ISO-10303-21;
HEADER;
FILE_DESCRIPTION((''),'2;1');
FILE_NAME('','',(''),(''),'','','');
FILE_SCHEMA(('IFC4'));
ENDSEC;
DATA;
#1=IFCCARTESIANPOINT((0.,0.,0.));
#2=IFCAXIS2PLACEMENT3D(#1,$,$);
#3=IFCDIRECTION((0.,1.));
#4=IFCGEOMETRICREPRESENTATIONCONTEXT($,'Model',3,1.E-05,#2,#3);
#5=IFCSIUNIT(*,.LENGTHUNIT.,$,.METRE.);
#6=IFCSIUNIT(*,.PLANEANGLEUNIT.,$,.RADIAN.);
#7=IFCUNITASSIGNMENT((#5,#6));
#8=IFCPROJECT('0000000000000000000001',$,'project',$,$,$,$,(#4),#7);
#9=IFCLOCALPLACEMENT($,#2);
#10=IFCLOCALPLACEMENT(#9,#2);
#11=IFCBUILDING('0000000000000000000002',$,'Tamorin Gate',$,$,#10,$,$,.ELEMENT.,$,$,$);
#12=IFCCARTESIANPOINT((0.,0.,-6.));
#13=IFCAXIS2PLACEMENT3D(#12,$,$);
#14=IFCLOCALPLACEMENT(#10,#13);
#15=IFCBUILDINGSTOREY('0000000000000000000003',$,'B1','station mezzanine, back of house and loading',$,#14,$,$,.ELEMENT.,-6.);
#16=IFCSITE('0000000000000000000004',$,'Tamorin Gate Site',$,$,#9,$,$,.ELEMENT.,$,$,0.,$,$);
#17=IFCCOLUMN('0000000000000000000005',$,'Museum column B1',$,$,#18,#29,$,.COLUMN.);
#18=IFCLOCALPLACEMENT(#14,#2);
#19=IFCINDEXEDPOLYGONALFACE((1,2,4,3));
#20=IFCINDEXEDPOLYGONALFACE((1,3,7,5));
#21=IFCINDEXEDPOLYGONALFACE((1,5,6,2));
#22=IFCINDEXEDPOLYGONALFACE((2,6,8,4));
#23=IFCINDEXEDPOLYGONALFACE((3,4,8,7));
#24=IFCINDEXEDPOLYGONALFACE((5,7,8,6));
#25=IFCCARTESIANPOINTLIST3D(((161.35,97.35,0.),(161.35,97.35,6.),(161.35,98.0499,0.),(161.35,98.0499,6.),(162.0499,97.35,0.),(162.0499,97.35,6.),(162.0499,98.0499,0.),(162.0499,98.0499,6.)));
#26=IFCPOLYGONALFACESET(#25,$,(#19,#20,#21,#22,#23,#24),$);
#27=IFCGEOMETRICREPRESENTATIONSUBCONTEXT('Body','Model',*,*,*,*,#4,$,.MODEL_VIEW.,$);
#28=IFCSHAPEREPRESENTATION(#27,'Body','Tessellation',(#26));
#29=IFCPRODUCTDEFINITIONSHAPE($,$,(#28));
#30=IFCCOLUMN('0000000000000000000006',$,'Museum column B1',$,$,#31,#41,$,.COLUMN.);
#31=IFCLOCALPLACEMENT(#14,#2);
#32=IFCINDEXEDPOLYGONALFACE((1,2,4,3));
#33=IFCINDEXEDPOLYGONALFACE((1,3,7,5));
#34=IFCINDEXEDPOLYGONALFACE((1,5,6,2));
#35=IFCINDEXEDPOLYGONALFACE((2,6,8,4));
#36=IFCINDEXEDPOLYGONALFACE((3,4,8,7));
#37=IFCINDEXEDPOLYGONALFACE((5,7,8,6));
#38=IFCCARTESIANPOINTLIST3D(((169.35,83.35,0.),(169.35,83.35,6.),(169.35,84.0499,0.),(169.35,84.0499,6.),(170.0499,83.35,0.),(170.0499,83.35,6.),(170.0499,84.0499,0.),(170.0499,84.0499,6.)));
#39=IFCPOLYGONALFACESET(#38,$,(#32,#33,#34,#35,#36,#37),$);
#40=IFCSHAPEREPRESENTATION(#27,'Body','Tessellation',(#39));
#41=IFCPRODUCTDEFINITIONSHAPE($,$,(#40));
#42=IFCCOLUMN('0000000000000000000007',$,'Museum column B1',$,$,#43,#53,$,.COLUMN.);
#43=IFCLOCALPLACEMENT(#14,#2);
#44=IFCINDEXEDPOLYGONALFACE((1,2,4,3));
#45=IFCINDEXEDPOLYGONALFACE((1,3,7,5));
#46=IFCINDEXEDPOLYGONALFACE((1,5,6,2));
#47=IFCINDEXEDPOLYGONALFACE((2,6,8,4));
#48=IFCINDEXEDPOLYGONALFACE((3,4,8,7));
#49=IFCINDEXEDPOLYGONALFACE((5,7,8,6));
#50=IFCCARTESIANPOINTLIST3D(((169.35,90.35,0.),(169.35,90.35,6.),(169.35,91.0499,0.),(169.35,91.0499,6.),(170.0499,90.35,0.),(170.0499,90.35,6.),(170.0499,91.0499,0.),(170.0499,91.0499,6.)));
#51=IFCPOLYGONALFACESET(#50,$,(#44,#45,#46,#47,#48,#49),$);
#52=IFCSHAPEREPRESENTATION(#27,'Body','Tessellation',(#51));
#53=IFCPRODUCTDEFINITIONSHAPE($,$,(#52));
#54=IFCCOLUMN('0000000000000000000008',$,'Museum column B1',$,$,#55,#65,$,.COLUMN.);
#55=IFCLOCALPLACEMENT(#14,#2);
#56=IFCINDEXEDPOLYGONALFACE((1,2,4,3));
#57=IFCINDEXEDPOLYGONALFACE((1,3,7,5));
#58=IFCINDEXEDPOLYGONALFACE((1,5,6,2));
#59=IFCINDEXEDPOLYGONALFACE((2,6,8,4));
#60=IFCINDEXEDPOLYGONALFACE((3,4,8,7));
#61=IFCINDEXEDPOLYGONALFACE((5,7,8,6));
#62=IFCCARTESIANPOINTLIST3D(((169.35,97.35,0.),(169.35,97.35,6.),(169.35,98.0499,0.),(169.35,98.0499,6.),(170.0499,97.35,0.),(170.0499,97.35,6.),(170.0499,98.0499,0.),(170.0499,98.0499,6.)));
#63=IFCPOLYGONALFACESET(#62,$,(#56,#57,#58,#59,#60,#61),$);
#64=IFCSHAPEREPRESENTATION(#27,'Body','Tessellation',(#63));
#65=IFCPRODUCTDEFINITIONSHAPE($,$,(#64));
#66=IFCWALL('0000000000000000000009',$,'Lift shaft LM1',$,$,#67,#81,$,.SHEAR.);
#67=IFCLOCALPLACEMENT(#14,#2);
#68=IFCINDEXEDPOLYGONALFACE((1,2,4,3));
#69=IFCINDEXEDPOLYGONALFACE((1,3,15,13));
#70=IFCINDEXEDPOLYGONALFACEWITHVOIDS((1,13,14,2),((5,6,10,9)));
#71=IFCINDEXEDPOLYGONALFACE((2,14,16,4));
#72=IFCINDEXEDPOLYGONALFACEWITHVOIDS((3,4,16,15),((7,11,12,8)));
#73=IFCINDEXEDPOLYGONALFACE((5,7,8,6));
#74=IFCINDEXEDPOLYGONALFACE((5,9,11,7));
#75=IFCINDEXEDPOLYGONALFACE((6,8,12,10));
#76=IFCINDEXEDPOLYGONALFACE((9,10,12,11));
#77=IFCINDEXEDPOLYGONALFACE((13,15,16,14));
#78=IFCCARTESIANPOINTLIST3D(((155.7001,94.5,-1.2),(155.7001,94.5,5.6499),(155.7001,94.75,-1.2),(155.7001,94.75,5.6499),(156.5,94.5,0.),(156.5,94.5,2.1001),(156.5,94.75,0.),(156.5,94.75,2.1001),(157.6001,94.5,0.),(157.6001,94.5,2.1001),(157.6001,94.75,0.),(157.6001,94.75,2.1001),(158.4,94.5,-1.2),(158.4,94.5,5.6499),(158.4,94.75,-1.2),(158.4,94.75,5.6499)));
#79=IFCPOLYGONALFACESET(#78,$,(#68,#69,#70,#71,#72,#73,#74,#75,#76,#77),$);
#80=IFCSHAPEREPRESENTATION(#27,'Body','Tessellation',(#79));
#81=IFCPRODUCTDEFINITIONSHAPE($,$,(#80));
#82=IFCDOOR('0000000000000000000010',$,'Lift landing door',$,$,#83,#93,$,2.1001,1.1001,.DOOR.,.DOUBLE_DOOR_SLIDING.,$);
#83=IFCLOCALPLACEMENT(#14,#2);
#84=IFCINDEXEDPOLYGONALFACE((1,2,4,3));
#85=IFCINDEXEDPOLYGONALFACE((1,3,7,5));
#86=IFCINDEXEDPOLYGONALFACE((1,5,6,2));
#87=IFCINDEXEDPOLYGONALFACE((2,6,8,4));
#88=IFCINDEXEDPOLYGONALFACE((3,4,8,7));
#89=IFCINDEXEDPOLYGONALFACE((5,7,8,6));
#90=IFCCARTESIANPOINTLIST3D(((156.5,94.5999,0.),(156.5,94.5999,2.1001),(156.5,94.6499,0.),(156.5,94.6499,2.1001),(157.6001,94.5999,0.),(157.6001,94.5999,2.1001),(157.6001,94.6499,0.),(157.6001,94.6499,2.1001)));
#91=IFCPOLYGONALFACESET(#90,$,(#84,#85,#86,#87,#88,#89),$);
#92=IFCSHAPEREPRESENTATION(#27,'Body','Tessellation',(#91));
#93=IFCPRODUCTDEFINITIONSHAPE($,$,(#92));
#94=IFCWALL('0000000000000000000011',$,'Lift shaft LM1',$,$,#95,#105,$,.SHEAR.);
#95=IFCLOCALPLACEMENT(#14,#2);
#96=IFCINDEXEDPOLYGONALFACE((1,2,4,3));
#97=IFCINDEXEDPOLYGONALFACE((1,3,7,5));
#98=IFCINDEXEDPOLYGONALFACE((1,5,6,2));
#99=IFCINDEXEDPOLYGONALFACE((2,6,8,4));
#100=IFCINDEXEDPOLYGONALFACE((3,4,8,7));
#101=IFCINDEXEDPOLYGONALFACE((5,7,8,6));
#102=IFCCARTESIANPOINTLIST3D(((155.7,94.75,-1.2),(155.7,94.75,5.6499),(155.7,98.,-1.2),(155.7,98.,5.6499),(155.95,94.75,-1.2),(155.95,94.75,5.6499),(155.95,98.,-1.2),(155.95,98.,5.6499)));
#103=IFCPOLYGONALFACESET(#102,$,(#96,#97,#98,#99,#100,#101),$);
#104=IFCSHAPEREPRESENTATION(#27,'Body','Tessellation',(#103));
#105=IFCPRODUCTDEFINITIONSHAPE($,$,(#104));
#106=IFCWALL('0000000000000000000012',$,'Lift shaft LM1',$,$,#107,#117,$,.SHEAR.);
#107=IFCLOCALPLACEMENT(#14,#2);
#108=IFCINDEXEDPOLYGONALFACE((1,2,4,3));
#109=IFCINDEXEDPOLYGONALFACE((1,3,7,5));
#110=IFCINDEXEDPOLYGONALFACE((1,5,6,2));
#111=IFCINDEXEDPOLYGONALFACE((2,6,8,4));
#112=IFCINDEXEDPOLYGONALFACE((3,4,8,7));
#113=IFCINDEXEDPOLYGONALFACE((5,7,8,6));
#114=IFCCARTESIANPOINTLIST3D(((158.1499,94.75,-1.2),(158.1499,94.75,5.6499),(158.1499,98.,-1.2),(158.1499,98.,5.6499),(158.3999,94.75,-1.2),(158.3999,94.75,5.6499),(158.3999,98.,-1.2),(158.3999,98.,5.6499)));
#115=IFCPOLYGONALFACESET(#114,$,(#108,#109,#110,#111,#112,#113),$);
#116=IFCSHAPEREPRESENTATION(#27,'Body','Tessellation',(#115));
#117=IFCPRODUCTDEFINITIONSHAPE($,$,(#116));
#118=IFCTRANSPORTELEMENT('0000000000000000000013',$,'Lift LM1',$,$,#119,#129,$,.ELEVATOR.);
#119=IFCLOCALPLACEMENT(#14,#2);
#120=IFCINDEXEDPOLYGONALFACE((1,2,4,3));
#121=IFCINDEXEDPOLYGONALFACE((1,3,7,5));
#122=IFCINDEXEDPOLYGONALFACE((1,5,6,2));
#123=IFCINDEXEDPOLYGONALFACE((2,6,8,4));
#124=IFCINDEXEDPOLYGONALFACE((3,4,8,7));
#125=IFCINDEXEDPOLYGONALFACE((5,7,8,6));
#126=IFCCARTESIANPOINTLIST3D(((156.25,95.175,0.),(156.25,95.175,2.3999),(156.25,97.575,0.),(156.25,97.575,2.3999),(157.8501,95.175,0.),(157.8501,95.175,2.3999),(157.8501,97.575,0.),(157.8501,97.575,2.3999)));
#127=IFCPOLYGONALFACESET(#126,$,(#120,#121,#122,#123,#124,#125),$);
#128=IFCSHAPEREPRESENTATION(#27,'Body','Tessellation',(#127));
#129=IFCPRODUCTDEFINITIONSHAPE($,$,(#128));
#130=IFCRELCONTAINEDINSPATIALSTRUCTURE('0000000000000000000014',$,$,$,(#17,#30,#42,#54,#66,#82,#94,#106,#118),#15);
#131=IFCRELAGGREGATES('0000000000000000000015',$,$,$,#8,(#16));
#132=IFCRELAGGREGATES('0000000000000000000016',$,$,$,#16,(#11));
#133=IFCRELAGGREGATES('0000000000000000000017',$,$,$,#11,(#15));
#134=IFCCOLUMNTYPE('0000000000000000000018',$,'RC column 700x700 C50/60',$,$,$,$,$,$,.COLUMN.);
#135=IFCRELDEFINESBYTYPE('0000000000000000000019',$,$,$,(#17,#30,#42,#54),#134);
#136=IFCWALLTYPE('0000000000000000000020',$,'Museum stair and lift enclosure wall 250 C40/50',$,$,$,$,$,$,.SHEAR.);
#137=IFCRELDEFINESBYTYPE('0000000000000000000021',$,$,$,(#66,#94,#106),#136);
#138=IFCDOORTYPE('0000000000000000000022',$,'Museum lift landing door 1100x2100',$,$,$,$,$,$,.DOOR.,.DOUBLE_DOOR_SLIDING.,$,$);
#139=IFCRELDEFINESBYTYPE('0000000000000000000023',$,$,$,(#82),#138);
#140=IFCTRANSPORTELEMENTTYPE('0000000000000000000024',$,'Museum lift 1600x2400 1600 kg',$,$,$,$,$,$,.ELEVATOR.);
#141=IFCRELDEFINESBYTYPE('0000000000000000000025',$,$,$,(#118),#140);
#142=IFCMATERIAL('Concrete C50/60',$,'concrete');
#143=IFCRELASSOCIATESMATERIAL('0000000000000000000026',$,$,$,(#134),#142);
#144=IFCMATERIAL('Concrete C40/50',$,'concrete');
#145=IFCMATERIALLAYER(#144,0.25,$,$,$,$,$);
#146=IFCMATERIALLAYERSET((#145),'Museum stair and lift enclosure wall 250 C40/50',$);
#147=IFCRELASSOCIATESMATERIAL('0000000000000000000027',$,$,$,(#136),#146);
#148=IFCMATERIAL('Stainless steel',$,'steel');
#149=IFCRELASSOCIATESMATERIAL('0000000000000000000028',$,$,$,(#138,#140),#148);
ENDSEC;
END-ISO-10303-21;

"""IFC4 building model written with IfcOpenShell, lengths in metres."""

from ifc_helpers import new_model, si_unit, direction, frame, frame_2d, origin, origin_2d, place, context, subcontext, project, spatial, rectangle, extrude, material, layer, layer_set, material_profile, profile_set, type_object, element, fill, save


model = new_model("IFC4")

# Units and contexts
model_context = context("Model", 3, precision=1e-05, world=origin(), true_north=direction((0.0, 1.0)))
body_context = subcontext(model_context, "Body", "Model", "MODEL_VIEW")
ifc_project = project(units=[si_unit("LENGTHUNIT", "METRE"), si_unit("PLANEANGLEUNIT", "RADIAN")], contexts=[model_context])

# Site, building, storey
site_placement = place(None, origin())
site = spatial("IfcSite", under=ifc_project, at=site_placement, Name="Tamorin Gate Site", CompositionType="ELEMENT", RefElevation=0.0)
building_placement = place(site_placement, origin())
building = spatial("IfcBuilding", under=site, at=building_placement, Name="Tamorin Gate", CompositionType="ELEMENT")
storey_placement = place(building_placement, frame((0.0, 0.0, -6.0)))
storey = spatial("IfcBuildingStorey", under=building, at=storey_placement, Name="B1", Description="station mezzanine, back of house and loading", CompositionType="ELEMENT", Elevation=-6.0)

# Shared definitions
ifc_material_1 = material(Name="Concrete C40/50", Category="concrete")

# Columns
ifc_material_2 = material(Name="Concrete C50/60", Category="concrete")
ifc_material_profile_1 = material_profile(ifc_material_2, rectangle(XDim=0.7, YDim=0.7, at=origin_2d()), Name="RC 700x700")
ifc_profile_set_1 = profile_set([ifc_material_profile_1], Name="Concrete C50/60")
column_type = type_object("IfcColumnType", Name="RC column 700x700 C50/60", PredefinedType="COLUMN", material=ifc_profile_set_1)
for number, where, z_axis, x_axis, name in (
    (1, (161.7, 97.7, 0.0), (0.0, 0.0, 1.0), (1.0, 0.0, 0.0), "Museum column B1"),
    (2, (169.7, 83.7, 0.0), (0.0, 0.0, 1.0), (1.0, 0.0, 0.0), "Museum column B1"),
    (3, (169.7, 90.7, 0.0), (0.0, 0.0, 1.0), (1.0, 0.0, 0.0), "Museum column B1"),
    (4, (169.7, 97.7, 0.0), (0.0, 0.0, 1.0), (1.0, 0.0, 0.0), "Museum column B1"),
):
    element("IfcColumn", number, at=place(storey_placement, frame(where, z_axis=z_axis, x_axis=x_axis)), inside=storey, type_object=column_type, Name=name, PredefinedType="COLUMN", context=body_context, shape_type="SweptSolid", body=[
        extrude(rectangle(XDim=0.7, YDim=0.7, at=origin_2d()), origin(), (0.0, 0.0, 1.0), 6.0),
    ])

# Wall, opening, door
ifc_layer = layer(ifc_material_1, 0.25)
ifc_layer_set = layer_set([ifc_layer], Name="Museum stair and lift enclosure wall 250 C40/50")
wall_type = type_object("IfcWallType", Name="Museum stair and lift enclosure wall 250 C40/50", PredefinedType="SHEAR", material=ifc_layer_set)
wall_placement = place(storey_placement, frame((155.7, 94.625, -1.2), z_axis=(0.0, 0.0, 1.0), x_axis=(1.0, 0.0, 0.0)))
wall = element("IfcWall", 5, at=wall_placement, inside=storey, type_object=wall_type, Name="Lift shaft LM1", PredefinedType="SHEAR", context=body_context, shape_type="SweptSolid", body=[
    extrude(rectangle(XDim=2.7, YDim=0.25, at=frame_2d((1.3501, 0.0))), origin(), (0.0, 0.0, 1.0), 6.8499),
])
opening_placement = place(wall_placement, frame((0.8, 0.0, 1.2)))
opening = element("IfcOpeningElement", 6, at=opening_placement, cuts=wall, PredefinedType="OPENING", context=body_context, shape_type="SweptSolid", body=[
    extrude(rectangle(XDim=1.1001, YDim=2.1001, at=frame_2d((0.55, 1.05))), frame((0.0, 0.135, 0.0), z_axis=(0.0, -1.0, 0.0), x_axis=(1.0, 0.0, 0.0)), (0.0, 0.0, 1.0), 0.27),
])
ifc_material_3 = material(Name="Stainless steel", Category="steel")
door_type = type_object("IfcDoorType", Name="Museum lift landing door 1100x2100", OperationType="DOUBLE_DOOR_SLIDING", PredefinedType="DOOR", material=ifc_material_3)
door_placement = place(opening_placement, origin())
door = element("IfcDoor", 7, at=door_placement, inside=storey, type_object=door_type, Name="Lift landing door", OperationType="DOUBLE_DOOR_SLIDING", OverallHeight=2.1001, OverallWidth=1.1001, PredefinedType="DOOR", context=body_context, shape_type="SweptSolid", body=[
    extrude(rectangle(XDim=1.1001, YDim=2.1001, at=frame_2d((0.55, 1.05))), frame((0.0, 0.0249, 0.0), z_axis=(0.0, -1.0, 0.0), x_axis=(1.0, 0.0, 0.0)), (0.0, 0.0, 1.0), 0.05),
])
fill(opening, door)

# Walls
for number, where, z_axis, x_axis, name in (
    (8, (155.825, 94.75, -1.2), (0.0, 0.0, 1.0), (0.0, 1.0, 0.0), "Lift shaft LM1"),
    (9, (158.2749, 94.75, -1.2), (0.0, 0.0, 1.0), (0.0, 1.0, 0.0), "Lift shaft LM1"),
):
    element("IfcWall", number, at=place(storey_placement, frame(where, z_axis=z_axis, x_axis=x_axis)), inside=storey, type_object=wall_type, Name=name, PredefinedType="SHEAR", context=body_context, shape_type="SweptSolid", body=[
        extrude(rectangle(XDim=3.25, YDim=0.25, at=frame_2d((1.625, 0.0))), origin(), (0.0, 0.0, 1.0), 6.8499),
    ])

# Transport element
transport_element_type = type_object("IfcTransportElementType", Name="Museum lift 1600x2400 1600 kg", PredefinedType="ELEVATOR", material=ifc_material_3)
transport_element_placement = place(storey_placement, frame((157.05, 96.375, 0.0), z_axis=(0.0, 0.0, 1.0), x_axis=(1.0, 0.0, 0.0)))
element("IfcTransportElement", 10, at=transport_element_placement, inside=storey, type_object=transport_element_type, Name="Lift LM1", PredefinedType="ELEVATOR", context=body_context, shape_type="SweptSolid", body=[
    extrude(rectangle(XDim=1.6001, YDim=2.3999, at=origin_2d()), origin(), (0.0, 0.0, 1.0), 2.3999),
])

save(model, "model.ifc")
